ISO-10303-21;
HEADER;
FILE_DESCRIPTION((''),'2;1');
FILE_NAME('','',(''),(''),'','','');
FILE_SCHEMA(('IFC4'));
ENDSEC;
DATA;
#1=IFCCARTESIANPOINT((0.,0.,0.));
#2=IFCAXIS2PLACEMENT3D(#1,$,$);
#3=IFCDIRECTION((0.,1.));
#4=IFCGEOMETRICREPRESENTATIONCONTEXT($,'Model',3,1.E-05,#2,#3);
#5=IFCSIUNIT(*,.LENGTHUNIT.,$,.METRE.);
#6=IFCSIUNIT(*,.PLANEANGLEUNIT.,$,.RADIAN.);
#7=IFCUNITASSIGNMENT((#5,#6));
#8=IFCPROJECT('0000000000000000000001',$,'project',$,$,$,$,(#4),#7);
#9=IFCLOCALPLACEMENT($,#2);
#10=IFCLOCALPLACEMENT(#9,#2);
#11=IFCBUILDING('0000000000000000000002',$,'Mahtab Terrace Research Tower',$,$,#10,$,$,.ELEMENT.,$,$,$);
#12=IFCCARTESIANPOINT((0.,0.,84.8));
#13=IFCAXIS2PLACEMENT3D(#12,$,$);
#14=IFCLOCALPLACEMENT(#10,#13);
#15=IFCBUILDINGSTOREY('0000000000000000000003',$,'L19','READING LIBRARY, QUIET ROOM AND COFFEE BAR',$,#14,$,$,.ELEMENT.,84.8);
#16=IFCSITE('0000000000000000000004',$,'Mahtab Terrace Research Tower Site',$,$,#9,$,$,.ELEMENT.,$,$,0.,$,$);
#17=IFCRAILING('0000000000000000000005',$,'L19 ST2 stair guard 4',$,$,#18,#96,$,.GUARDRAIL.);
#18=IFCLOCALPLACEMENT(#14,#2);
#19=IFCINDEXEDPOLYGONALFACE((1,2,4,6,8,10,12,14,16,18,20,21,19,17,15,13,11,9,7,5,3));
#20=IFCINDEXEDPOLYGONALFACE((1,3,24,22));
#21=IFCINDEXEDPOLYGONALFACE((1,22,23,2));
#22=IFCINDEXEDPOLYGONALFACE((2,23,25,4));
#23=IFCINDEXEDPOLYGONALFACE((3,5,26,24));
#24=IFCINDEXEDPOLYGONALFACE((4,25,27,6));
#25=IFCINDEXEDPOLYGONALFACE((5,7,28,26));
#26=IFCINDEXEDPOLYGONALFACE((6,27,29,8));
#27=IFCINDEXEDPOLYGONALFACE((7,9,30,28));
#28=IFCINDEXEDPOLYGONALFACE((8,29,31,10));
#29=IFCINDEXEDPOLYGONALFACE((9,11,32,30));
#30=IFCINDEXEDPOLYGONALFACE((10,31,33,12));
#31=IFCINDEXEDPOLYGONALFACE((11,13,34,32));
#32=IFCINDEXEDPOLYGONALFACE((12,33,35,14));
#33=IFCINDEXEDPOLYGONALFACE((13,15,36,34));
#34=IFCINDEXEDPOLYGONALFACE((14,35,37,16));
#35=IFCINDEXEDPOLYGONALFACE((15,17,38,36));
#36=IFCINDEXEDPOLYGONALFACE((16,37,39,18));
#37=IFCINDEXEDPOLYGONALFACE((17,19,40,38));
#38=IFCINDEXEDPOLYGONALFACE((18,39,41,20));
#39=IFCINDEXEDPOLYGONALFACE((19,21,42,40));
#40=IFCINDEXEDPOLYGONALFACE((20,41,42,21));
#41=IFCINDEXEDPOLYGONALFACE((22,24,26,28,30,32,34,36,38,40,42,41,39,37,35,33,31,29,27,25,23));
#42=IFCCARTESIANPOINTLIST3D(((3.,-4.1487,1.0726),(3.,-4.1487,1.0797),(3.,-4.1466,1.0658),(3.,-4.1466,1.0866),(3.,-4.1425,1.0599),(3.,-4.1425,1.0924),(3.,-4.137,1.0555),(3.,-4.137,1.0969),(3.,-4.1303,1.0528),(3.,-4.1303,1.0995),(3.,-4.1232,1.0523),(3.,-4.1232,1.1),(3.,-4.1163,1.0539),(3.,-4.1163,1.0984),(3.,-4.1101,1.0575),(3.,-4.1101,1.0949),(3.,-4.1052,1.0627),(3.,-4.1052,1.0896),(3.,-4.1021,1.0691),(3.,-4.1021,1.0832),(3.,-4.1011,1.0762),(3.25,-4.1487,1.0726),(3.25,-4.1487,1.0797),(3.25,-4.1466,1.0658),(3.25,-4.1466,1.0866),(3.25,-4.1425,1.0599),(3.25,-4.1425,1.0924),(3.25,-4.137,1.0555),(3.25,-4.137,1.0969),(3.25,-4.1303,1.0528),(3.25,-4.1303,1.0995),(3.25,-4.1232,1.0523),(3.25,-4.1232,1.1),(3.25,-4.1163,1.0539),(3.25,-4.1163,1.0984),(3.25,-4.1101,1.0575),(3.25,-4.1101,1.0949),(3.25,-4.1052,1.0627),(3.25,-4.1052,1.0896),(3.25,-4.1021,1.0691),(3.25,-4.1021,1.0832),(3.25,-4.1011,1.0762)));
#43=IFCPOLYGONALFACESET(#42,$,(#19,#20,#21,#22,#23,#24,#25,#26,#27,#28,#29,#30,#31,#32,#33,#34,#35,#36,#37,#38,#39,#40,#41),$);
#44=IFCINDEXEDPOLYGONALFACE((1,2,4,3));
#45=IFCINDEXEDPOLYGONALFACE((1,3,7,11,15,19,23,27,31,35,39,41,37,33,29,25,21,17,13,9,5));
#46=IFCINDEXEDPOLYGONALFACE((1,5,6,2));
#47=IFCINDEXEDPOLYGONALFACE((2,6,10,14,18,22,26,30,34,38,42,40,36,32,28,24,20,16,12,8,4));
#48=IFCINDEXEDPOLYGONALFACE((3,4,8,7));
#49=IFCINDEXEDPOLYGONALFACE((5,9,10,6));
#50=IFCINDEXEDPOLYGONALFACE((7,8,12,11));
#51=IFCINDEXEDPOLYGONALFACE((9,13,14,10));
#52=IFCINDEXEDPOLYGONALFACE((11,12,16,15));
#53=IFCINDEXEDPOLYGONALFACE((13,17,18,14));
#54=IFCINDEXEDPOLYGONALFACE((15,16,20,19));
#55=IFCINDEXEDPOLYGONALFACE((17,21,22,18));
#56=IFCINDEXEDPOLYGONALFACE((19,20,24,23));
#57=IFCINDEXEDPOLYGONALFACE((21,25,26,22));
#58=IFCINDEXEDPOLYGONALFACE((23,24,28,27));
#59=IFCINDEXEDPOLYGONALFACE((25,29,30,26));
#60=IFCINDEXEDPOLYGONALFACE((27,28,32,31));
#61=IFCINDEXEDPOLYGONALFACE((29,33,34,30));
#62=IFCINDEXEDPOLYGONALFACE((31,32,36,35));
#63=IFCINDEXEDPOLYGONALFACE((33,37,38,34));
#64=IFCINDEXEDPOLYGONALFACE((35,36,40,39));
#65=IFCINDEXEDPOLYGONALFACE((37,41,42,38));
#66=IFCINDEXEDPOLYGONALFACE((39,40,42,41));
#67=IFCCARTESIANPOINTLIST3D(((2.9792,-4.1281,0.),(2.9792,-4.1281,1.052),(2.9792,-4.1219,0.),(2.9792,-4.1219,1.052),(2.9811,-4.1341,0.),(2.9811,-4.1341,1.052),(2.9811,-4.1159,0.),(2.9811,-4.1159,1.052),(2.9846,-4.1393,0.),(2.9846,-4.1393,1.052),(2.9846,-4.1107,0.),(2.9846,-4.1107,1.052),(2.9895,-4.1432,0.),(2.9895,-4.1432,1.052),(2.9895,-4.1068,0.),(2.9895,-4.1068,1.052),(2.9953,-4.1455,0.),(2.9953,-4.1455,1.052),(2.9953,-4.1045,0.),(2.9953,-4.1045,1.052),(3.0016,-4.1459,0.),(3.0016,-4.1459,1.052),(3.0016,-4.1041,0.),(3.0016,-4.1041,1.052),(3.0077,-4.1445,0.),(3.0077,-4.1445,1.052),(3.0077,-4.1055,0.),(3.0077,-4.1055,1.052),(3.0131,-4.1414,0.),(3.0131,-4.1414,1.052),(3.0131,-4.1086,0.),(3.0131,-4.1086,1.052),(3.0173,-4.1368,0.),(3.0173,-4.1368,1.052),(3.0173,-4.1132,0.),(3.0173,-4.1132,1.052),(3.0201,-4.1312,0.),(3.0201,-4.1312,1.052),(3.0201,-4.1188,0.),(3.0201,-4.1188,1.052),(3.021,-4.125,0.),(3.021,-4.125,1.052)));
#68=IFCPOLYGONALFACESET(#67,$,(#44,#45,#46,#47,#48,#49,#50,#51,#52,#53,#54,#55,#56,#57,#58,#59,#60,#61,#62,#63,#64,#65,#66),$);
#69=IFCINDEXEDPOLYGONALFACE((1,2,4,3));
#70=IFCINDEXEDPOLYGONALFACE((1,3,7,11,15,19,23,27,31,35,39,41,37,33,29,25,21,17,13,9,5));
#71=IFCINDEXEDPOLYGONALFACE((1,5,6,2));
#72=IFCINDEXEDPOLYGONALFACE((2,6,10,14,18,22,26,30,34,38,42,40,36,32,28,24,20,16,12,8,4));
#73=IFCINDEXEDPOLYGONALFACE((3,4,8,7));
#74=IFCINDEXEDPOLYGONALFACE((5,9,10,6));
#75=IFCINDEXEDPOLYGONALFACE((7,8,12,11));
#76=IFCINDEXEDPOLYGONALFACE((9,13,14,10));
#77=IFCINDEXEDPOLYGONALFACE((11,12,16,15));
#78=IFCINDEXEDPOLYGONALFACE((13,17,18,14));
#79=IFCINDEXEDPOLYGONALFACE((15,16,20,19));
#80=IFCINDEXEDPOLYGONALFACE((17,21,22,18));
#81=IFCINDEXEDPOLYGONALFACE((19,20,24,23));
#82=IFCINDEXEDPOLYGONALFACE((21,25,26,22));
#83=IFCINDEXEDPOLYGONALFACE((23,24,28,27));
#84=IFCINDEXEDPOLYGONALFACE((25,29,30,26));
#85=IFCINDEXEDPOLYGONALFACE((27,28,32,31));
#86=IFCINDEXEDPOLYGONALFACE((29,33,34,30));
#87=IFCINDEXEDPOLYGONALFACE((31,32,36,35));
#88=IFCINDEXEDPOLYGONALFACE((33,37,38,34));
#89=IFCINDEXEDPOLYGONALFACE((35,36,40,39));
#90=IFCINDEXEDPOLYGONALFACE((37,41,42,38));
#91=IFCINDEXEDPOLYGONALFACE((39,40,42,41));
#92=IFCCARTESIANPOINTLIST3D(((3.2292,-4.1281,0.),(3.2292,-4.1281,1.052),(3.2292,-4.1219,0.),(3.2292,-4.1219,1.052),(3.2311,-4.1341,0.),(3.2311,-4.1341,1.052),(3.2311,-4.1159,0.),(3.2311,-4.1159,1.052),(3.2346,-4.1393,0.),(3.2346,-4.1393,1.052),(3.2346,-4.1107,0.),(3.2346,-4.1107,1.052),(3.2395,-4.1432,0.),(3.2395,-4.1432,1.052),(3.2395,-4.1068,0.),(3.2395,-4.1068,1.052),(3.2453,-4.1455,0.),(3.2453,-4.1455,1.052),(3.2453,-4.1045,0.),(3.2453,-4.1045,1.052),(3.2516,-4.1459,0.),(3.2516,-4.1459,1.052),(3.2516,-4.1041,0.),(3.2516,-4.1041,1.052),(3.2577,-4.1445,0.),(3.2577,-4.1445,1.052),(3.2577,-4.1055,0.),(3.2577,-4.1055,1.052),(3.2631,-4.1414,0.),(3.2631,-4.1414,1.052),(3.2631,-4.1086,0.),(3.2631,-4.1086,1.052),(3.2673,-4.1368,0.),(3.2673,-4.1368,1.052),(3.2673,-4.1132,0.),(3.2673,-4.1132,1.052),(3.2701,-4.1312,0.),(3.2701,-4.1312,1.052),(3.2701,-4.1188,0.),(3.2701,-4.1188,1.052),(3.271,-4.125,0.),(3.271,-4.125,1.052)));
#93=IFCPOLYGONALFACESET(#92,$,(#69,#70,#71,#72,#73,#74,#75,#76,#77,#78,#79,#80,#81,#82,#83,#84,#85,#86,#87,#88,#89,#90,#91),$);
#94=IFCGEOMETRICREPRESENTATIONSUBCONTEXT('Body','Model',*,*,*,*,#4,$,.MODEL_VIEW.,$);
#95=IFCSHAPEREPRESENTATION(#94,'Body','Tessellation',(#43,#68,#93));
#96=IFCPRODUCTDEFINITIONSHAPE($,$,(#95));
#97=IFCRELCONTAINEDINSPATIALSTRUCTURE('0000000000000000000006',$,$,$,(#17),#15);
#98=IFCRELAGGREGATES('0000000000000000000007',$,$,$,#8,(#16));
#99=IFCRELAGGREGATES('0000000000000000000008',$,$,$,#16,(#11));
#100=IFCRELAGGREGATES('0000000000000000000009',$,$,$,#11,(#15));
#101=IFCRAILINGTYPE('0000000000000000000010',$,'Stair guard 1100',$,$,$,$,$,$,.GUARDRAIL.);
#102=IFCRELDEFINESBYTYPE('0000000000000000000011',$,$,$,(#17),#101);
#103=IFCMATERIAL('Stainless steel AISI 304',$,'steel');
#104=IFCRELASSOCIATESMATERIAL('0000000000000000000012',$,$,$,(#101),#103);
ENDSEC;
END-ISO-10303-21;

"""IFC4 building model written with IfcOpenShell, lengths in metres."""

from ifc_helpers import new_model, si_unit, direction, frame, origin, origin_2d, place, context, subcontext, project, spatial, circle, extrude, material, type_object, element, save


model = new_model("IFC4")

# Units and contexts
model_context = context("Model", 3, precision=1e-05, world=origin(), true_north=direction((0.0, 1.0)))
body_context = subcontext(model_context, "Body", "Model", "MODEL_VIEW")
ifc_project = project(units=[si_unit("LENGTHUNIT", "METRE"), si_unit("PLANEANGLEUNIT", "RADIAN")], contexts=[model_context])

# Site, building, storey
site_placement = place(None, origin())
site = spatial("IfcSite", under=ifc_project, at=site_placement, Name="Mahtab Terrace Research Tower Site", CompositionType="ELEMENT", RefElevation=0.0)
building_placement = place(site_placement, origin())
building = spatial("IfcBuilding", under=site, at=building_placement, Name="Mahtab Terrace Research Tower", CompositionType="ELEMENT")
storey_placement = place(building_placement, frame((0.0, 0.0, 84.8)))
storey = spatial("IfcBuildingStorey", under=building, at=storey_placement, Name="L19", Description="READING LIBRARY, QUIET ROOM AND COFFEE BAR", CompositionType="ELEMENT", Elevation=84.8)

# Railing
ifc_material_1 = material(Name="Stainless steel AISI 304", Category="steel")
railing_type_1 = type_object("IfcRailingType", Name="Stair guard 1100", PredefinedType="GUARDRAIL", material=ifc_material_1)
railing_1_placement = place(storey_placement, frame((3.0, -4.125, 0.0)))
element("IfcRailing", 1, at=railing_1_placement, inside=storey, type_object=railing_type_1, Name="L19 ST2 stair guard 4", PredefinedType="GUARDRAIL", context=body_context, shape_type="SweptSolid", body=[
    extrude(circle(Radius=0.0239, at=origin_2d()), frame((0.0, 0.0, 1.0762), z_axis=(1.0, 0.0, 0.0), x_axis=(0.0, 1.0, 0.0)), (0.0, 0.0, 1.0), 0.25),
    extrude(circle(Radius=0.021, at=origin_2d()), origin(), (0.0, 0.0, 1.0), 1.052),
    extrude(circle(Radius=0.021, at=origin_2d()), frame((0.25, 0.0, 0.0)), (0.0, 0.0, 1.0), 1.052),
])

save(model, "model.ifc")
